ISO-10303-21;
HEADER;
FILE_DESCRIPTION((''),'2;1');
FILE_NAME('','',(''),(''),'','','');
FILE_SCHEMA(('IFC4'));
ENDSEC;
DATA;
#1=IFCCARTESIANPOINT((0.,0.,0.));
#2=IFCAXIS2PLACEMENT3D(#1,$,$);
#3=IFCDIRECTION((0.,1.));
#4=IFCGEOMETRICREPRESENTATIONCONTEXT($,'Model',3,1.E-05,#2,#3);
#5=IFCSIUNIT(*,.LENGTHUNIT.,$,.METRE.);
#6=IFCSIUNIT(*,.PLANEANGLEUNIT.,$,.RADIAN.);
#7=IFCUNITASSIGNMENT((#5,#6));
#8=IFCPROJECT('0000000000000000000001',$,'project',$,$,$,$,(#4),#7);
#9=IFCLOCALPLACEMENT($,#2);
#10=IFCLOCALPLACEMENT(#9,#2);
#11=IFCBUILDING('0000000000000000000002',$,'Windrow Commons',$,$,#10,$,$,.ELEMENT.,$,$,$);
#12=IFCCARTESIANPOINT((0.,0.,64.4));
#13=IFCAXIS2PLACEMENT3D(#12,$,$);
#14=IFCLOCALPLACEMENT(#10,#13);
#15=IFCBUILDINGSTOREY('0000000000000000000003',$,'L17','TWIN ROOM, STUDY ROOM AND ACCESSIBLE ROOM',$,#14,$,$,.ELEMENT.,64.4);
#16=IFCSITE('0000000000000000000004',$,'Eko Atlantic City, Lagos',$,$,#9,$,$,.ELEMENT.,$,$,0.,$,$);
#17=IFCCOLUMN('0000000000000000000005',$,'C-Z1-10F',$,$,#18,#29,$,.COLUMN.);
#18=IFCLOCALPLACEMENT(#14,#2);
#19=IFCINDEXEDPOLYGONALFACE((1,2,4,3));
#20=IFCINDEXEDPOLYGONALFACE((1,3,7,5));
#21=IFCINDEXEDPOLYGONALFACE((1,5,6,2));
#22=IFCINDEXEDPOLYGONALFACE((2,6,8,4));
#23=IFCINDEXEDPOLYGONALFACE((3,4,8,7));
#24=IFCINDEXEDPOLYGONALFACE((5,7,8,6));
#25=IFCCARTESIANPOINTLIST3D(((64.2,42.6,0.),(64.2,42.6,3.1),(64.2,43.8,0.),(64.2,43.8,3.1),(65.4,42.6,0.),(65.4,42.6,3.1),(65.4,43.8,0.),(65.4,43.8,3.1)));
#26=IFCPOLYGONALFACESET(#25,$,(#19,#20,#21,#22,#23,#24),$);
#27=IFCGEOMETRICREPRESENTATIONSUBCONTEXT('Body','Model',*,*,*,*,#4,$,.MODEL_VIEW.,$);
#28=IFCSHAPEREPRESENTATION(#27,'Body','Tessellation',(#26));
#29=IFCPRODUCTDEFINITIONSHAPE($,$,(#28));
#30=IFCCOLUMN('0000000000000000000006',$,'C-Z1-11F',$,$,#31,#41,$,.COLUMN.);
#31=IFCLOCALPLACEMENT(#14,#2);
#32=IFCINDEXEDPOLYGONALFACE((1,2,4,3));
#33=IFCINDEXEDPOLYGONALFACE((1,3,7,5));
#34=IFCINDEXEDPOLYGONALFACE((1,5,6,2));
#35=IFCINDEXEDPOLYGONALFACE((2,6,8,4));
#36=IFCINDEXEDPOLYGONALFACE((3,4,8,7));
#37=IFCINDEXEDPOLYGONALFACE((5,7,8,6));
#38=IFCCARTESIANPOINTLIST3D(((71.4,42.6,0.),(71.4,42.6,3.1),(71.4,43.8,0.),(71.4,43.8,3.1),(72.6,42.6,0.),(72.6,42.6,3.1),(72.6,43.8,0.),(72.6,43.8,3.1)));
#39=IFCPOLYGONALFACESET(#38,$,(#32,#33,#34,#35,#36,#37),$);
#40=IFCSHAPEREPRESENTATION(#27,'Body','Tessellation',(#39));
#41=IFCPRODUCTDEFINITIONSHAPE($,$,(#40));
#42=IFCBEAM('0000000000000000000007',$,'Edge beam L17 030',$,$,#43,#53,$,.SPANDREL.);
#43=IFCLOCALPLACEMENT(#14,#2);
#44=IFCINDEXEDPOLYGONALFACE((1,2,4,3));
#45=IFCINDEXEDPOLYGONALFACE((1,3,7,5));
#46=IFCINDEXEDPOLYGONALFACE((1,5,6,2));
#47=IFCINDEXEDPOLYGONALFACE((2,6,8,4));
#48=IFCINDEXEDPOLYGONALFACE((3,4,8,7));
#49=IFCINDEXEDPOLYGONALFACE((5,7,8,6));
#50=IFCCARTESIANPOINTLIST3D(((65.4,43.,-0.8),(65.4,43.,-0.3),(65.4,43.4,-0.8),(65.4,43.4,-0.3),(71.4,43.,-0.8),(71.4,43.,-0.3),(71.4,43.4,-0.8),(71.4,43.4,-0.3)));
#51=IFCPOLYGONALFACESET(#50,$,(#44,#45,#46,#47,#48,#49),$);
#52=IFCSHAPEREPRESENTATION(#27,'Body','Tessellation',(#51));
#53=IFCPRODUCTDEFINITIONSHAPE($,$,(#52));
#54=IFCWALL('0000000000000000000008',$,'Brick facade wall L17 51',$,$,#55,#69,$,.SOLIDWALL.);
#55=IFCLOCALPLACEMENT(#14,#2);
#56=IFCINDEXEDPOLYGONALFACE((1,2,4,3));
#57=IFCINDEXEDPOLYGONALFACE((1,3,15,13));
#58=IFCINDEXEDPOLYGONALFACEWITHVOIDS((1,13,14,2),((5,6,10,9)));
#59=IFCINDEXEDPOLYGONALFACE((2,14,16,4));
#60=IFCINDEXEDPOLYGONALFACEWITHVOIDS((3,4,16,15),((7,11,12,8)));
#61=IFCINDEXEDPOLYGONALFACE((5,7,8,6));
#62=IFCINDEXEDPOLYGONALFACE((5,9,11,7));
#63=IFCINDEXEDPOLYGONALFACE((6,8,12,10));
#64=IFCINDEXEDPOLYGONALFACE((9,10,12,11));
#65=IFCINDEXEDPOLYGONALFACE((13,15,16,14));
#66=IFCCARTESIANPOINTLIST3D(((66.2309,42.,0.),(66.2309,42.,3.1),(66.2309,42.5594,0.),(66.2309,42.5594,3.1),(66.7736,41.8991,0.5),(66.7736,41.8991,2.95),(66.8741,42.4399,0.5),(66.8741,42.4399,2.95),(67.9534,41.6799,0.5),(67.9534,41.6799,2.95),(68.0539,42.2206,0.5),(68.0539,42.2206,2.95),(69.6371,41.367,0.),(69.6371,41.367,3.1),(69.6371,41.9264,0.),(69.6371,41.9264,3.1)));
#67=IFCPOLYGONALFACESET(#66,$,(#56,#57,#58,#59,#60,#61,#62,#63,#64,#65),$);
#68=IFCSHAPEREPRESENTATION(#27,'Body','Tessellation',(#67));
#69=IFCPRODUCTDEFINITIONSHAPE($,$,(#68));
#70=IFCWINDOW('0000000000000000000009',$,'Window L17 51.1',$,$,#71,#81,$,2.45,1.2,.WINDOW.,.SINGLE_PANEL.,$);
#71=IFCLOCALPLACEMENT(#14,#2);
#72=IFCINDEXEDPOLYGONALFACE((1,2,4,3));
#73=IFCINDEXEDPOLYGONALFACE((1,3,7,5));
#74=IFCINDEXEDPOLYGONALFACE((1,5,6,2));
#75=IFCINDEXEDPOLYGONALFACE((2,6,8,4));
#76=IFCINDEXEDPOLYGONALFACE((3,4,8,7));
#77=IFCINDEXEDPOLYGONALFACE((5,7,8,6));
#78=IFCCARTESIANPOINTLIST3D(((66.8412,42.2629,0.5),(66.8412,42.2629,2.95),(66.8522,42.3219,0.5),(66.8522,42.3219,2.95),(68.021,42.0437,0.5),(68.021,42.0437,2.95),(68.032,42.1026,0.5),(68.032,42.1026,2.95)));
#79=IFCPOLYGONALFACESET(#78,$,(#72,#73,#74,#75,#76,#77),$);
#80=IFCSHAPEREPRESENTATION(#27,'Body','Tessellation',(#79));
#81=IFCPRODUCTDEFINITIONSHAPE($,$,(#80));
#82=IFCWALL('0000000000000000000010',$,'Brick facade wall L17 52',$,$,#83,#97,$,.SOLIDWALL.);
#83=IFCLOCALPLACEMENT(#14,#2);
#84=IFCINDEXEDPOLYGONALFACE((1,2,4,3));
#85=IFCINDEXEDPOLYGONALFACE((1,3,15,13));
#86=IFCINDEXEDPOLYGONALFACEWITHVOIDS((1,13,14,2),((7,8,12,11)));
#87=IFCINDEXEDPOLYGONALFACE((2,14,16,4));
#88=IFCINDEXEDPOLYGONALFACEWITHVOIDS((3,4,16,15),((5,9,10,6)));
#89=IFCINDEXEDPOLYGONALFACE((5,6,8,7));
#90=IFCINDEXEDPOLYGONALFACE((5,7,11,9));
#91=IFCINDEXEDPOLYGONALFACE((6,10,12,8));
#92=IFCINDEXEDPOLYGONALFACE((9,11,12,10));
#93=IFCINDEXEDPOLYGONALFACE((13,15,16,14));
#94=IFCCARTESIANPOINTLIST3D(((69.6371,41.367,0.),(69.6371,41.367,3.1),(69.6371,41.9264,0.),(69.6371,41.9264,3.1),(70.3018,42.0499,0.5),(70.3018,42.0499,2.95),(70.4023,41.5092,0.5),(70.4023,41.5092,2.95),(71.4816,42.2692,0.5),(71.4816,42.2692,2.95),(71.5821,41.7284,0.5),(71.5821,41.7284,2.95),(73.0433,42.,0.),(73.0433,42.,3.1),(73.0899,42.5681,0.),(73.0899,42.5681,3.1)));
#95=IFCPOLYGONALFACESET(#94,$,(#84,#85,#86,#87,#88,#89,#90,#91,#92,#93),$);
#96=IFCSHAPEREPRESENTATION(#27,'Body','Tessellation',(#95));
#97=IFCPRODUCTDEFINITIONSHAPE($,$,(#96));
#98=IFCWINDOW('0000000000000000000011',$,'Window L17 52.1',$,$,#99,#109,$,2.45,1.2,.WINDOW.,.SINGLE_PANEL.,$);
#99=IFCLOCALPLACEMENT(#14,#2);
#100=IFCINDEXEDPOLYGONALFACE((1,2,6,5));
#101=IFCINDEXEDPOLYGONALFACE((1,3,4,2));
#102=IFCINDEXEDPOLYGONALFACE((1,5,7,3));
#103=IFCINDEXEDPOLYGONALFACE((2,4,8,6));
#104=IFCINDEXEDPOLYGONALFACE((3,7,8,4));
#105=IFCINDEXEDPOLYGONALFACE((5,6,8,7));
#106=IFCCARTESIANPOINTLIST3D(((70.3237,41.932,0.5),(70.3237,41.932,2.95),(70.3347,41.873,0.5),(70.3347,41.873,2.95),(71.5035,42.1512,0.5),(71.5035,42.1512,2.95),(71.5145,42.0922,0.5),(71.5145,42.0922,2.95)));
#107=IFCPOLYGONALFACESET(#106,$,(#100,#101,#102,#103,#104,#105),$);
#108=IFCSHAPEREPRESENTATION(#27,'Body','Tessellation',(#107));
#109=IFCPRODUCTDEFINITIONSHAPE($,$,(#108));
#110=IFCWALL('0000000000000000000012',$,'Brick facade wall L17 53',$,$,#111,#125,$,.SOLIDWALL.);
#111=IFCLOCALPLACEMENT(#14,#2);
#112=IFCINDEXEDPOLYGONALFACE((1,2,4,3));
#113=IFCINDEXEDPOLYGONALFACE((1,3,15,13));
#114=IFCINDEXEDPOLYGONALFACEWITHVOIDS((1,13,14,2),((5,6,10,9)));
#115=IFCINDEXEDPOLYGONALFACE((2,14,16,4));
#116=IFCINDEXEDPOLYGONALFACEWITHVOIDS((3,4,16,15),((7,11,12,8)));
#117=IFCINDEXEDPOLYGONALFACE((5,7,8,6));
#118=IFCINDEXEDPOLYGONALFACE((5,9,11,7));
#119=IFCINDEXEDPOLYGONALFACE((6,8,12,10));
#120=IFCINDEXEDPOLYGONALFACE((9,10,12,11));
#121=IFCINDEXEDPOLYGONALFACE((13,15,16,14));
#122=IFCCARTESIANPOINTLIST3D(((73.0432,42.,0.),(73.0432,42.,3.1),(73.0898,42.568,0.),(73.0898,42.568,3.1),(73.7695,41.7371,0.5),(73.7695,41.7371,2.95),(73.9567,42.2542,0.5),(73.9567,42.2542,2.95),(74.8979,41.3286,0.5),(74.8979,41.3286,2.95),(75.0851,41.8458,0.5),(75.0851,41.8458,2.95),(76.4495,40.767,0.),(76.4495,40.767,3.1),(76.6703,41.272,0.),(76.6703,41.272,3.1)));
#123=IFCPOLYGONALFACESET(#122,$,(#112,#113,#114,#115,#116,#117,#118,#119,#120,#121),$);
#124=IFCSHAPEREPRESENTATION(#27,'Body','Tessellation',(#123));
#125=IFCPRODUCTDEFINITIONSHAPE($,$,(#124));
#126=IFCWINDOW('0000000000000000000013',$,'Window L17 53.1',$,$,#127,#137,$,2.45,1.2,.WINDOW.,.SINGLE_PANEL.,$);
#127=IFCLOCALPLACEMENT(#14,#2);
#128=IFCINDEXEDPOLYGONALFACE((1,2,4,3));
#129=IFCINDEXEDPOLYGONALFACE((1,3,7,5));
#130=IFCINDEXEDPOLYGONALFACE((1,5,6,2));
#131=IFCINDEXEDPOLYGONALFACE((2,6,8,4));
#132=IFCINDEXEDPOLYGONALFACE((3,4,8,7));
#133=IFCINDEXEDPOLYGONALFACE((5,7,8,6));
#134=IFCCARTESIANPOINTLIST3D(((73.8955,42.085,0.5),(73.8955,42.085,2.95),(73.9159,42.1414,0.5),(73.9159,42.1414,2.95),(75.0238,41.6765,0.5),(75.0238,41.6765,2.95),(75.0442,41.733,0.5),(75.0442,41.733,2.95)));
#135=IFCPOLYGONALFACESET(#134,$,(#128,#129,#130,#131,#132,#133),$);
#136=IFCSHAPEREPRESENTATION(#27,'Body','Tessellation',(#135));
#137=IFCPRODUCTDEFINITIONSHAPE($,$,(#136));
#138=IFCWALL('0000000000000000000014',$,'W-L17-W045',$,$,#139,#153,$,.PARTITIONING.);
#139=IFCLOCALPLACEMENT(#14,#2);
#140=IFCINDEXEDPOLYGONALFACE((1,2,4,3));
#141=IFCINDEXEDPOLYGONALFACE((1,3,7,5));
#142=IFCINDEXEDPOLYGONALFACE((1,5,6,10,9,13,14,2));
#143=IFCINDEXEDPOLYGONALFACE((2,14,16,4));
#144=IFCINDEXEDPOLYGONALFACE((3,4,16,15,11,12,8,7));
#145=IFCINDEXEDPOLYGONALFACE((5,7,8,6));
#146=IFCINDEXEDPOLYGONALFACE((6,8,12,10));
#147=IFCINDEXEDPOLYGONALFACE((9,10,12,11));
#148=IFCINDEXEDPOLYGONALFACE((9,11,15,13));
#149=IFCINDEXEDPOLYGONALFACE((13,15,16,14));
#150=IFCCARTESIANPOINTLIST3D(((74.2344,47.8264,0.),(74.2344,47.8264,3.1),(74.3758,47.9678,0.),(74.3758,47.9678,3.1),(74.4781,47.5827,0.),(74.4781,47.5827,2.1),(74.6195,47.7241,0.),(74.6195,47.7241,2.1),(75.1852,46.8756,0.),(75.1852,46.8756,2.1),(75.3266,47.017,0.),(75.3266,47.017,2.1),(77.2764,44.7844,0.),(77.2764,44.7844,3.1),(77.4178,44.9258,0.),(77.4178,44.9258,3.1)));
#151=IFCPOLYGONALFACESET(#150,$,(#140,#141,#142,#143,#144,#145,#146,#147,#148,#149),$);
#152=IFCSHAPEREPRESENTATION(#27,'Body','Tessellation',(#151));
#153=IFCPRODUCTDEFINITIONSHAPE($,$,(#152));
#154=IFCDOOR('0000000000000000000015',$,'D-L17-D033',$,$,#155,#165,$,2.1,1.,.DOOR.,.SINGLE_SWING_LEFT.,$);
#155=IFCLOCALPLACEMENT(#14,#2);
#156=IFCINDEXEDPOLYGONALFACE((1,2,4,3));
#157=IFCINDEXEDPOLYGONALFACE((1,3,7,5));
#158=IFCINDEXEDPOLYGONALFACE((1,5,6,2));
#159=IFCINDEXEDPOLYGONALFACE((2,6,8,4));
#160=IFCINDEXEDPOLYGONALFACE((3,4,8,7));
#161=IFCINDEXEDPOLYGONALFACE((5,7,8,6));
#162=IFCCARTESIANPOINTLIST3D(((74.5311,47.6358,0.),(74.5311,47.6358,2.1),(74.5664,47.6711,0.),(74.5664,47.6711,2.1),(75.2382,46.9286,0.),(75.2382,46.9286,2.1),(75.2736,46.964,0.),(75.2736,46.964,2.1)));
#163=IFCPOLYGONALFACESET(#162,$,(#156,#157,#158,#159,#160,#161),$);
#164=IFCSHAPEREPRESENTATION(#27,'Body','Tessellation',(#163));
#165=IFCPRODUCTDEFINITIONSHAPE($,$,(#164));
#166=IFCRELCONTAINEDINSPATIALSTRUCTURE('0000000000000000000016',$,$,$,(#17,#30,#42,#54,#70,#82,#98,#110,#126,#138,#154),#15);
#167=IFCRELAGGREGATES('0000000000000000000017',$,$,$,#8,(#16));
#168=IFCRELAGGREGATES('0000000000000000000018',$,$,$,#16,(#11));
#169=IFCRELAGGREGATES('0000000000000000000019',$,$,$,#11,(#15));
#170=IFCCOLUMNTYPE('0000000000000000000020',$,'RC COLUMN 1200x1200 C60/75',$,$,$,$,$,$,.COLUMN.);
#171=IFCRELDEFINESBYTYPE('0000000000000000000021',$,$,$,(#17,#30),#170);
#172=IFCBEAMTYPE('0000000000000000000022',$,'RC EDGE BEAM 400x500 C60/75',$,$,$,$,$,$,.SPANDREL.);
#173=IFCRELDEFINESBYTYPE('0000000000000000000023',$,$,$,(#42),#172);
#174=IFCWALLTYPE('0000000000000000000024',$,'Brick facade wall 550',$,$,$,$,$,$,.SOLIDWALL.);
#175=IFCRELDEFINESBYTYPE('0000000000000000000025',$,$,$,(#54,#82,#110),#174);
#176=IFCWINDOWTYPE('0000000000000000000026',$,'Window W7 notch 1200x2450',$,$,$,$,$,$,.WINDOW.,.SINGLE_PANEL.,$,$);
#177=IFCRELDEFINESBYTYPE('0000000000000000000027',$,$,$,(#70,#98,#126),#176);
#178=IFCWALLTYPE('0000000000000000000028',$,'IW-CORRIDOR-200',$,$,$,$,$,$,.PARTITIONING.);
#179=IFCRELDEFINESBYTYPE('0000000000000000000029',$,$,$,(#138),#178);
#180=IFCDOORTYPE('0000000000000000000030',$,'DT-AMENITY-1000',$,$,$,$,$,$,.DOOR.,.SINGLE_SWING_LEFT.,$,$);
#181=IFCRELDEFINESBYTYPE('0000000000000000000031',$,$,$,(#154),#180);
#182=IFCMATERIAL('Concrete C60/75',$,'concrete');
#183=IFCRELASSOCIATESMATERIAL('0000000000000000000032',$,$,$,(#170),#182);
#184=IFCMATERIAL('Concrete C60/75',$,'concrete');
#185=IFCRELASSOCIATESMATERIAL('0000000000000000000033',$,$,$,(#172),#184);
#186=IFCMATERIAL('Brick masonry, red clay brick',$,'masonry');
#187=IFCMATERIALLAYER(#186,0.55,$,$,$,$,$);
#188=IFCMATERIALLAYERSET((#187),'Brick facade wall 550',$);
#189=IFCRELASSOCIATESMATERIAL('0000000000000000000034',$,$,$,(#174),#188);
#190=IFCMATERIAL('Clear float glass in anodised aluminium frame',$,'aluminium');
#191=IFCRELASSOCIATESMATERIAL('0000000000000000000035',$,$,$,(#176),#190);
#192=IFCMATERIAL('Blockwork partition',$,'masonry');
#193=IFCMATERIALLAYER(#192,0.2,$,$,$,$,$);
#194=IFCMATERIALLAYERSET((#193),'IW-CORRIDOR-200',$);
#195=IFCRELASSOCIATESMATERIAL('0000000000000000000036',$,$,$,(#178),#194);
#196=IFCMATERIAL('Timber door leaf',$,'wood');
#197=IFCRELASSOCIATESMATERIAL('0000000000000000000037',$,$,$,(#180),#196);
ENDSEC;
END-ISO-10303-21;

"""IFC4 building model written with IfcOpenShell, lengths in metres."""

from ifc_helpers import new_model, si_unit, direction, frame, frame_2d, origin, origin_2d, place, context, subcontext, project, spatial, polyline, rectangle, outline, extrude, material, layer, layer_set, material_profile, profile_set, type_object, element, fill, save


model = new_model("IFC4")

# Units and contexts
model_context = context("Model", 3, precision=1e-05, world=origin(), true_north=direction((0.0, 1.0)))
body_context = subcontext(model_context, "Body", "Model", "MODEL_VIEW")
ifc_project = project(units=[si_unit("LENGTHUNIT", "METRE"), si_unit("PLANEANGLEUNIT", "RADIAN")], contexts=[model_context])

# Site, building, storey
site_placement = place(None, origin())
site = spatial("IfcSite", under=ifc_project, at=site_placement, Name="Eko Atlantic City, Lagos", CompositionType="ELEMENT", RefElevation=0.0)
building_placement = place(site_placement, origin())
building = spatial("IfcBuilding", under=site, at=building_placement, Name="Windrow Commons", CompositionType="ELEMENT")
storey_placement = place(building_placement, frame((0.0, 0.0, 64.4)))
storey = spatial("IfcBuildingStorey", under=building, at=storey_placement, Name="L17", Description="TWIN ROOM, STUDY ROOM AND ACCESSIBLE ROOM", CompositionType="ELEMENT", Elevation=64.4)

# Columns
ifc_material_1 = material(Name="Concrete C60/75", Category="concrete")
ifc_material_profile_1 = material_profile(ifc_material_1, rectangle(XDim=1.2, YDim=1.2, at=origin_2d()))
ifc_profile_set_1 = profile_set([ifc_material_profile_1], Name="Concrete C60/75")
column_type = type_object("IfcColumnType", Name="RC COLUMN 1200x1200 C60/75", PredefinedType="COLUMN", material=ifc_profile_set_1)
for number, where, z_axis, x_axis, name in (
    (1, (64.8, 43.2, 0.0), (0.0, 0.0, 1.0), (1.0, 0.0, 0.0), "C-Z1-10F"),
    (2, (72.0, 43.2, 0.0), (0.0, 0.0, 1.0), (1.0, 0.0, 0.0), "C-Z1-11F"),
):
    element("IfcColumn", number, at=place(storey_placement, frame(where, z_axis=z_axis, x_axis=x_axis)), inside=storey, type_object=column_type, Name=name, PredefinedType="COLUMN", context=body_context, shape_type="SweptSolid", body=[
        extrude(rectangle(XDim=1.2, YDim=1.2, at=origin_2d()), origin(), (0.0, 0.0, 1.0), 3.1),
    ])

# Beam
ifc_material_2 = material(Name="Concrete C60/75", Category="concrete")
ifc_material_profile_2 = material_profile(ifc_material_2, rectangle(XDim=0.4, YDim=0.5, at=origin_2d()))
ifc_profile_set_2 = profile_set([ifc_material_profile_2], Name="Concrete C60/75")
beam_type = type_object("IfcBeamType", Name="RC EDGE BEAM 400x500 C60/75", PredefinedType="SPANDREL", material=ifc_profile_set_2)
beam_placement = place(storey_placement, frame((71.4, 43.2, -0.55), z_axis=(-1.0, 0.0, 0.0), x_axis=(0.0, -1.0, 0.0)))
element("IfcBeam", 3, at=beam_placement, inside=storey, type_object=beam_type, Name="Edge beam L17 030", PredefinedType="SPANDREL", context=body_context, shape_type="SweptSolid", body=[
    extrude(rectangle(XDim=0.4, YDim=0.5, at=origin_2d()), origin(), (0.0, 0.0, 1.0), 6.0),
])

# Walls, openings, windows
ifc_material_3 = material(Name="Brick masonry, red clay brick", Category="masonry")
ifc_layer_1 = layer(ifc_material_3, 0.55)
ifc_layer_set_1 = layer_set([ifc_layer_1], Name="Brick facade wall 550")
wall_type_1 = type_object("IfcWallType", Name="Brick facade wall 550", PredefinedType="SOLIDWALL", material=ifc_layer_set_1)
wall_1_placement = place(storey_placement, frame((66.2309, 42.2797, 0.0), z_axis=(0.0, 0.0, 1.0), x_axis=(0.983167, -0.182709, 0.0)))
wall_1 = element("IfcWall", 4, at=wall_1_placement, inside=storey, type_object=wall_type_1, Name="Brick facade wall L17 51", PredefinedType="SOLIDWALL", context=body_context, shape_type="SweptSolid", body=[
    extrude(outline(polyline([(0.0511, -0.275), (3.5156, -0.275), (3.4134, 0.275), (-0.0511, 0.275), (0.0511, -0.275)])), origin(), (0.0, 0.0, 1.0), 3.1),
])
opening_1_placement = place(wall_1_placement, frame((0.6031, 0.0, 0.5)))
opening_1 = element("IfcOpeningElement", 5, at=opening_1_placement, cuts=wall_1, PredefinedType="OPENING", context=body_context, shape_type="SweptSolid", body=[
    extrude(rectangle(XDim=1.2, YDim=2.45, at=frame_2d((0.6, 1.225))), frame((0.0, 0.285, 0.0), z_axis=(0.0, -1.0, 0.0), x_axis=(1.0, 0.0, 0.0)), (0.0, 0.0, 1.0), 0.57),
])
ifc_material_4 = material(Name="Clear float glass in anodised aluminium frame", Category="aluminium")
window_type = type_object("IfcWindowType", Name="Window W7 notch 1200x2450", PartitioningType="SINGLE_PANEL", PredefinedType="WINDOW", material=ifc_material_4)
window_1_placement = place(opening_1_placement, origin())
window_1 = element("IfcWindow", 6, at=window_1_placement, inside=storey, type_object=window_type, Name="Window L17 51.1", OverallHeight=2.45, OverallWidth=1.2, PartitioningType="SINGLE_PANEL", PredefinedType="WINDOW", context=body_context, shape_type="SweptSolid", body=[
    extrude(rectangle(XDim=1.2, YDim=2.45, at=frame_2d((0.6, 1.225))), frame((0.0, 0.155, 0.0), z_axis=(0.0, -1.0, 0.0), x_axis=(1.0, 0.0, 0.0)), (0.0, 0.0, 1.0), 0.06),
])
fill(opening_1, window_1)
wall_2_placement = place(storey_placement, frame((69.6371, 41.6467, 0.0), z_axis=(0.0, 0.0, 1.0), x_axis=(0.983168, 0.182706, 0.0)))
wall_2 = element("IfcWall", 7, at=wall_2_placement, inside=storey, type_object=wall_type_1, Name="Brick facade wall L17 52", PredefinedType="SOLIDWALL", context=body_context, shape_type="SweptSolid", body=[
    extrude(outline(polyline([(-0.0511, -0.275), (3.4134, -0.275), (3.563, 0.275), (0.0511, 0.275), (-0.0511, -0.275)])), origin(), (0.0, 0.0, 1.0), 3.1),
])
opening_2_placement = place(wall_2_placement, frame((0.7272, 0.0, 0.5)))
opening_2 = element("IfcOpeningElement", 8, at=opening_2_placement, cuts=wall_2, PredefinedType="OPENING", context=body_context, shape_type="SweptSolid", body=[
    extrude(rectangle(XDim=1.2, YDim=2.45, at=frame_2d((0.6, 1.225))), frame((0.0, 0.285, 0.0), z_axis=(0.0, -1.0, 0.0), x_axis=(1.0, 0.0, 0.0)), (0.0, 0.0, 1.0), 0.57),
])
window_2_placement = place(opening_2_placement, origin())
window_2 = element("IfcWindow", 9, at=window_2_placement, inside=storey, type_object=window_type, Name="Window L17 52.1", OverallHeight=2.45, OverallWidth=1.2, PartitioningType="SINGLE_PANEL", PredefinedType="WINDOW", context=body_context, shape_type="SweptSolid", body=[
    extrude(rectangle(XDim=1.2, YDim=2.45, at=frame_2d((0.6, 1.225))), frame((0.0, 0.155, 0.0), z_axis=(0.0, -1.0, 0.0), x_axis=(1.0, 0.0, 0.0)), (0.0, 0.0, 1.0), 0.06),
])
fill(opening_2, window_2)
wall_3_placement = place(storey_placement, frame((73.0665, 42.284, 0.0), z_axis=(0.0, 0.0, 1.0), x_axis=(0.940296, -0.340357, 0.0)))
wall_3 = element("IfcWall", 10, at=wall_3_placement, inside=storey, type_object=wall_type_1, Name="Brick facade wall L17 53", PredefinedType="SOLIDWALL", context=body_context, shape_type="SweptSolid", body=[
    extrude(outline(polyline([(0.0748, -0.275), (3.6973, -0.275), (3.7331, 0.275), (-0.0748, 0.275), (0.0748, -0.275)])), origin(), (0.0, 0.0, 1.0), 3.1),
])
opening_3_placement = place(wall_3_placement, frame((0.8472, 0.0, 0.5)))
opening_3 = element("IfcOpeningElement", 11, at=opening_3_placement, cuts=wall_3, PredefinedType="OPENING", context=body_context, shape_type="SweptSolid", body=[
    extrude(rectangle(XDim=1.2, YDim=2.45, at=frame_2d((0.6, 1.225))), frame((0.0, 0.285, 0.0), z_axis=(0.0, -1.0, 0.0), x_axis=(1.0, 0.0, 0.0)), (0.0, 0.0, 1.0), 0.57),
])
window_3_placement = place(opening_3_placement, origin())
window_3 = element("IfcWindow", 12, at=window_3_placement, inside=storey, type_object=window_type, Name="Window L17 53.1", OverallHeight=2.45, OverallWidth=1.2, PartitioningType="SINGLE_PANEL", PredefinedType="WINDOW", context=body_context, shape_type="SweptSolid", body=[
    extrude(rectangle(XDim=1.2, YDim=2.45, at=frame_2d((0.6, 1.225))), frame((0.0, 0.155, 0.0), z_axis=(0.0, -1.0, 0.0), x_axis=(1.0, 0.0, 0.0)), (0.0, 0.0, 1.0), 0.06),
])
fill(opening_3, window_3)

# Wall, opening, door
ifc_material_5 = material(Name="Blockwork partition", Category="masonry")
ifc_layer_2 = layer(ifc_material_5, 0.2)
ifc_layer_set_2 = layer_set([ifc_layer_2], Name="IW-CORRIDOR-200")
wall_type_2 = type_object("IfcWallType", Name="IW-CORRIDOR-200", PredefinedType="PARTITIONING", material=ifc_layer_set_2)
wall_4_placement = place(storey_placement, frame((74.3051, 47.8971, 0.0), z_axis=(0.0, 0.0, 1.0), x_axis=(0.707107, -0.707107, 0.0)))
wall_4 = element("IfcWall", 13, at=wall_4_placement, inside=storey, type_object=wall_type_2, Name="W-L17-W045", PredefinedType="PARTITIONING", context=body_context, shape_type="SweptSolid", body=[
    extrude(rectangle(XDim=4.302, YDim=0.2, at=frame_2d((2.151, 0.0))), origin(), (0.0, 0.0, 1.0), 3.1),
])
opening_4_placement = place(wall_4_placement, frame((0.3446, 0.0, 0.0)))
opening_4 = element("IfcOpeningElement", 14, at=opening_4_placement, cuts=wall_4, PredefinedType="OPENING", context=body_context, shape_type="SweptSolid", body=[
    extrude(rectangle(XDim=1.0, YDim=2.1, at=frame_2d((0.5, 1.05))), frame((0.0, 0.11, 0.0), z_axis=(0.0, -1.0, 0.0), x_axis=(1.0, 0.0, 0.0)), (0.0, 0.0, 1.0), 0.22),
])
ifc_material_6 = material(Name="Timber door leaf", Category="wood")
door_type_1 = type_object("IfcDoorType", Name="DT-AMENITY-1000", OperationType="SINGLE_SWING_LEFT", PredefinedType="DOOR", material=ifc_material_6)
door_1_placement = place(opening_4_placement, origin())
door_1 = element("IfcDoor", 15, at=door_1_placement, inside=storey, type_object=door_type_1, Name="D-L17-D033", OperationType="SINGLE_SWING_LEFT", OverallHeight=2.1, OverallWidth=1.0, PredefinedType="DOOR", context=body_context, shape_type="SweptSolid", body=[
    extrude(rectangle(XDim=1.0, YDim=2.1, at=frame_2d((0.5, 1.05))), frame((0.0, 0.025, 0.0), z_axis=(0.0, -1.0, 0.0), x_axis=(1.0, 0.0, 0.0)), (0.0, 0.0, 1.0), 0.05),
])
fill(opening_4, door_1)

save(model, "model.ifc")
